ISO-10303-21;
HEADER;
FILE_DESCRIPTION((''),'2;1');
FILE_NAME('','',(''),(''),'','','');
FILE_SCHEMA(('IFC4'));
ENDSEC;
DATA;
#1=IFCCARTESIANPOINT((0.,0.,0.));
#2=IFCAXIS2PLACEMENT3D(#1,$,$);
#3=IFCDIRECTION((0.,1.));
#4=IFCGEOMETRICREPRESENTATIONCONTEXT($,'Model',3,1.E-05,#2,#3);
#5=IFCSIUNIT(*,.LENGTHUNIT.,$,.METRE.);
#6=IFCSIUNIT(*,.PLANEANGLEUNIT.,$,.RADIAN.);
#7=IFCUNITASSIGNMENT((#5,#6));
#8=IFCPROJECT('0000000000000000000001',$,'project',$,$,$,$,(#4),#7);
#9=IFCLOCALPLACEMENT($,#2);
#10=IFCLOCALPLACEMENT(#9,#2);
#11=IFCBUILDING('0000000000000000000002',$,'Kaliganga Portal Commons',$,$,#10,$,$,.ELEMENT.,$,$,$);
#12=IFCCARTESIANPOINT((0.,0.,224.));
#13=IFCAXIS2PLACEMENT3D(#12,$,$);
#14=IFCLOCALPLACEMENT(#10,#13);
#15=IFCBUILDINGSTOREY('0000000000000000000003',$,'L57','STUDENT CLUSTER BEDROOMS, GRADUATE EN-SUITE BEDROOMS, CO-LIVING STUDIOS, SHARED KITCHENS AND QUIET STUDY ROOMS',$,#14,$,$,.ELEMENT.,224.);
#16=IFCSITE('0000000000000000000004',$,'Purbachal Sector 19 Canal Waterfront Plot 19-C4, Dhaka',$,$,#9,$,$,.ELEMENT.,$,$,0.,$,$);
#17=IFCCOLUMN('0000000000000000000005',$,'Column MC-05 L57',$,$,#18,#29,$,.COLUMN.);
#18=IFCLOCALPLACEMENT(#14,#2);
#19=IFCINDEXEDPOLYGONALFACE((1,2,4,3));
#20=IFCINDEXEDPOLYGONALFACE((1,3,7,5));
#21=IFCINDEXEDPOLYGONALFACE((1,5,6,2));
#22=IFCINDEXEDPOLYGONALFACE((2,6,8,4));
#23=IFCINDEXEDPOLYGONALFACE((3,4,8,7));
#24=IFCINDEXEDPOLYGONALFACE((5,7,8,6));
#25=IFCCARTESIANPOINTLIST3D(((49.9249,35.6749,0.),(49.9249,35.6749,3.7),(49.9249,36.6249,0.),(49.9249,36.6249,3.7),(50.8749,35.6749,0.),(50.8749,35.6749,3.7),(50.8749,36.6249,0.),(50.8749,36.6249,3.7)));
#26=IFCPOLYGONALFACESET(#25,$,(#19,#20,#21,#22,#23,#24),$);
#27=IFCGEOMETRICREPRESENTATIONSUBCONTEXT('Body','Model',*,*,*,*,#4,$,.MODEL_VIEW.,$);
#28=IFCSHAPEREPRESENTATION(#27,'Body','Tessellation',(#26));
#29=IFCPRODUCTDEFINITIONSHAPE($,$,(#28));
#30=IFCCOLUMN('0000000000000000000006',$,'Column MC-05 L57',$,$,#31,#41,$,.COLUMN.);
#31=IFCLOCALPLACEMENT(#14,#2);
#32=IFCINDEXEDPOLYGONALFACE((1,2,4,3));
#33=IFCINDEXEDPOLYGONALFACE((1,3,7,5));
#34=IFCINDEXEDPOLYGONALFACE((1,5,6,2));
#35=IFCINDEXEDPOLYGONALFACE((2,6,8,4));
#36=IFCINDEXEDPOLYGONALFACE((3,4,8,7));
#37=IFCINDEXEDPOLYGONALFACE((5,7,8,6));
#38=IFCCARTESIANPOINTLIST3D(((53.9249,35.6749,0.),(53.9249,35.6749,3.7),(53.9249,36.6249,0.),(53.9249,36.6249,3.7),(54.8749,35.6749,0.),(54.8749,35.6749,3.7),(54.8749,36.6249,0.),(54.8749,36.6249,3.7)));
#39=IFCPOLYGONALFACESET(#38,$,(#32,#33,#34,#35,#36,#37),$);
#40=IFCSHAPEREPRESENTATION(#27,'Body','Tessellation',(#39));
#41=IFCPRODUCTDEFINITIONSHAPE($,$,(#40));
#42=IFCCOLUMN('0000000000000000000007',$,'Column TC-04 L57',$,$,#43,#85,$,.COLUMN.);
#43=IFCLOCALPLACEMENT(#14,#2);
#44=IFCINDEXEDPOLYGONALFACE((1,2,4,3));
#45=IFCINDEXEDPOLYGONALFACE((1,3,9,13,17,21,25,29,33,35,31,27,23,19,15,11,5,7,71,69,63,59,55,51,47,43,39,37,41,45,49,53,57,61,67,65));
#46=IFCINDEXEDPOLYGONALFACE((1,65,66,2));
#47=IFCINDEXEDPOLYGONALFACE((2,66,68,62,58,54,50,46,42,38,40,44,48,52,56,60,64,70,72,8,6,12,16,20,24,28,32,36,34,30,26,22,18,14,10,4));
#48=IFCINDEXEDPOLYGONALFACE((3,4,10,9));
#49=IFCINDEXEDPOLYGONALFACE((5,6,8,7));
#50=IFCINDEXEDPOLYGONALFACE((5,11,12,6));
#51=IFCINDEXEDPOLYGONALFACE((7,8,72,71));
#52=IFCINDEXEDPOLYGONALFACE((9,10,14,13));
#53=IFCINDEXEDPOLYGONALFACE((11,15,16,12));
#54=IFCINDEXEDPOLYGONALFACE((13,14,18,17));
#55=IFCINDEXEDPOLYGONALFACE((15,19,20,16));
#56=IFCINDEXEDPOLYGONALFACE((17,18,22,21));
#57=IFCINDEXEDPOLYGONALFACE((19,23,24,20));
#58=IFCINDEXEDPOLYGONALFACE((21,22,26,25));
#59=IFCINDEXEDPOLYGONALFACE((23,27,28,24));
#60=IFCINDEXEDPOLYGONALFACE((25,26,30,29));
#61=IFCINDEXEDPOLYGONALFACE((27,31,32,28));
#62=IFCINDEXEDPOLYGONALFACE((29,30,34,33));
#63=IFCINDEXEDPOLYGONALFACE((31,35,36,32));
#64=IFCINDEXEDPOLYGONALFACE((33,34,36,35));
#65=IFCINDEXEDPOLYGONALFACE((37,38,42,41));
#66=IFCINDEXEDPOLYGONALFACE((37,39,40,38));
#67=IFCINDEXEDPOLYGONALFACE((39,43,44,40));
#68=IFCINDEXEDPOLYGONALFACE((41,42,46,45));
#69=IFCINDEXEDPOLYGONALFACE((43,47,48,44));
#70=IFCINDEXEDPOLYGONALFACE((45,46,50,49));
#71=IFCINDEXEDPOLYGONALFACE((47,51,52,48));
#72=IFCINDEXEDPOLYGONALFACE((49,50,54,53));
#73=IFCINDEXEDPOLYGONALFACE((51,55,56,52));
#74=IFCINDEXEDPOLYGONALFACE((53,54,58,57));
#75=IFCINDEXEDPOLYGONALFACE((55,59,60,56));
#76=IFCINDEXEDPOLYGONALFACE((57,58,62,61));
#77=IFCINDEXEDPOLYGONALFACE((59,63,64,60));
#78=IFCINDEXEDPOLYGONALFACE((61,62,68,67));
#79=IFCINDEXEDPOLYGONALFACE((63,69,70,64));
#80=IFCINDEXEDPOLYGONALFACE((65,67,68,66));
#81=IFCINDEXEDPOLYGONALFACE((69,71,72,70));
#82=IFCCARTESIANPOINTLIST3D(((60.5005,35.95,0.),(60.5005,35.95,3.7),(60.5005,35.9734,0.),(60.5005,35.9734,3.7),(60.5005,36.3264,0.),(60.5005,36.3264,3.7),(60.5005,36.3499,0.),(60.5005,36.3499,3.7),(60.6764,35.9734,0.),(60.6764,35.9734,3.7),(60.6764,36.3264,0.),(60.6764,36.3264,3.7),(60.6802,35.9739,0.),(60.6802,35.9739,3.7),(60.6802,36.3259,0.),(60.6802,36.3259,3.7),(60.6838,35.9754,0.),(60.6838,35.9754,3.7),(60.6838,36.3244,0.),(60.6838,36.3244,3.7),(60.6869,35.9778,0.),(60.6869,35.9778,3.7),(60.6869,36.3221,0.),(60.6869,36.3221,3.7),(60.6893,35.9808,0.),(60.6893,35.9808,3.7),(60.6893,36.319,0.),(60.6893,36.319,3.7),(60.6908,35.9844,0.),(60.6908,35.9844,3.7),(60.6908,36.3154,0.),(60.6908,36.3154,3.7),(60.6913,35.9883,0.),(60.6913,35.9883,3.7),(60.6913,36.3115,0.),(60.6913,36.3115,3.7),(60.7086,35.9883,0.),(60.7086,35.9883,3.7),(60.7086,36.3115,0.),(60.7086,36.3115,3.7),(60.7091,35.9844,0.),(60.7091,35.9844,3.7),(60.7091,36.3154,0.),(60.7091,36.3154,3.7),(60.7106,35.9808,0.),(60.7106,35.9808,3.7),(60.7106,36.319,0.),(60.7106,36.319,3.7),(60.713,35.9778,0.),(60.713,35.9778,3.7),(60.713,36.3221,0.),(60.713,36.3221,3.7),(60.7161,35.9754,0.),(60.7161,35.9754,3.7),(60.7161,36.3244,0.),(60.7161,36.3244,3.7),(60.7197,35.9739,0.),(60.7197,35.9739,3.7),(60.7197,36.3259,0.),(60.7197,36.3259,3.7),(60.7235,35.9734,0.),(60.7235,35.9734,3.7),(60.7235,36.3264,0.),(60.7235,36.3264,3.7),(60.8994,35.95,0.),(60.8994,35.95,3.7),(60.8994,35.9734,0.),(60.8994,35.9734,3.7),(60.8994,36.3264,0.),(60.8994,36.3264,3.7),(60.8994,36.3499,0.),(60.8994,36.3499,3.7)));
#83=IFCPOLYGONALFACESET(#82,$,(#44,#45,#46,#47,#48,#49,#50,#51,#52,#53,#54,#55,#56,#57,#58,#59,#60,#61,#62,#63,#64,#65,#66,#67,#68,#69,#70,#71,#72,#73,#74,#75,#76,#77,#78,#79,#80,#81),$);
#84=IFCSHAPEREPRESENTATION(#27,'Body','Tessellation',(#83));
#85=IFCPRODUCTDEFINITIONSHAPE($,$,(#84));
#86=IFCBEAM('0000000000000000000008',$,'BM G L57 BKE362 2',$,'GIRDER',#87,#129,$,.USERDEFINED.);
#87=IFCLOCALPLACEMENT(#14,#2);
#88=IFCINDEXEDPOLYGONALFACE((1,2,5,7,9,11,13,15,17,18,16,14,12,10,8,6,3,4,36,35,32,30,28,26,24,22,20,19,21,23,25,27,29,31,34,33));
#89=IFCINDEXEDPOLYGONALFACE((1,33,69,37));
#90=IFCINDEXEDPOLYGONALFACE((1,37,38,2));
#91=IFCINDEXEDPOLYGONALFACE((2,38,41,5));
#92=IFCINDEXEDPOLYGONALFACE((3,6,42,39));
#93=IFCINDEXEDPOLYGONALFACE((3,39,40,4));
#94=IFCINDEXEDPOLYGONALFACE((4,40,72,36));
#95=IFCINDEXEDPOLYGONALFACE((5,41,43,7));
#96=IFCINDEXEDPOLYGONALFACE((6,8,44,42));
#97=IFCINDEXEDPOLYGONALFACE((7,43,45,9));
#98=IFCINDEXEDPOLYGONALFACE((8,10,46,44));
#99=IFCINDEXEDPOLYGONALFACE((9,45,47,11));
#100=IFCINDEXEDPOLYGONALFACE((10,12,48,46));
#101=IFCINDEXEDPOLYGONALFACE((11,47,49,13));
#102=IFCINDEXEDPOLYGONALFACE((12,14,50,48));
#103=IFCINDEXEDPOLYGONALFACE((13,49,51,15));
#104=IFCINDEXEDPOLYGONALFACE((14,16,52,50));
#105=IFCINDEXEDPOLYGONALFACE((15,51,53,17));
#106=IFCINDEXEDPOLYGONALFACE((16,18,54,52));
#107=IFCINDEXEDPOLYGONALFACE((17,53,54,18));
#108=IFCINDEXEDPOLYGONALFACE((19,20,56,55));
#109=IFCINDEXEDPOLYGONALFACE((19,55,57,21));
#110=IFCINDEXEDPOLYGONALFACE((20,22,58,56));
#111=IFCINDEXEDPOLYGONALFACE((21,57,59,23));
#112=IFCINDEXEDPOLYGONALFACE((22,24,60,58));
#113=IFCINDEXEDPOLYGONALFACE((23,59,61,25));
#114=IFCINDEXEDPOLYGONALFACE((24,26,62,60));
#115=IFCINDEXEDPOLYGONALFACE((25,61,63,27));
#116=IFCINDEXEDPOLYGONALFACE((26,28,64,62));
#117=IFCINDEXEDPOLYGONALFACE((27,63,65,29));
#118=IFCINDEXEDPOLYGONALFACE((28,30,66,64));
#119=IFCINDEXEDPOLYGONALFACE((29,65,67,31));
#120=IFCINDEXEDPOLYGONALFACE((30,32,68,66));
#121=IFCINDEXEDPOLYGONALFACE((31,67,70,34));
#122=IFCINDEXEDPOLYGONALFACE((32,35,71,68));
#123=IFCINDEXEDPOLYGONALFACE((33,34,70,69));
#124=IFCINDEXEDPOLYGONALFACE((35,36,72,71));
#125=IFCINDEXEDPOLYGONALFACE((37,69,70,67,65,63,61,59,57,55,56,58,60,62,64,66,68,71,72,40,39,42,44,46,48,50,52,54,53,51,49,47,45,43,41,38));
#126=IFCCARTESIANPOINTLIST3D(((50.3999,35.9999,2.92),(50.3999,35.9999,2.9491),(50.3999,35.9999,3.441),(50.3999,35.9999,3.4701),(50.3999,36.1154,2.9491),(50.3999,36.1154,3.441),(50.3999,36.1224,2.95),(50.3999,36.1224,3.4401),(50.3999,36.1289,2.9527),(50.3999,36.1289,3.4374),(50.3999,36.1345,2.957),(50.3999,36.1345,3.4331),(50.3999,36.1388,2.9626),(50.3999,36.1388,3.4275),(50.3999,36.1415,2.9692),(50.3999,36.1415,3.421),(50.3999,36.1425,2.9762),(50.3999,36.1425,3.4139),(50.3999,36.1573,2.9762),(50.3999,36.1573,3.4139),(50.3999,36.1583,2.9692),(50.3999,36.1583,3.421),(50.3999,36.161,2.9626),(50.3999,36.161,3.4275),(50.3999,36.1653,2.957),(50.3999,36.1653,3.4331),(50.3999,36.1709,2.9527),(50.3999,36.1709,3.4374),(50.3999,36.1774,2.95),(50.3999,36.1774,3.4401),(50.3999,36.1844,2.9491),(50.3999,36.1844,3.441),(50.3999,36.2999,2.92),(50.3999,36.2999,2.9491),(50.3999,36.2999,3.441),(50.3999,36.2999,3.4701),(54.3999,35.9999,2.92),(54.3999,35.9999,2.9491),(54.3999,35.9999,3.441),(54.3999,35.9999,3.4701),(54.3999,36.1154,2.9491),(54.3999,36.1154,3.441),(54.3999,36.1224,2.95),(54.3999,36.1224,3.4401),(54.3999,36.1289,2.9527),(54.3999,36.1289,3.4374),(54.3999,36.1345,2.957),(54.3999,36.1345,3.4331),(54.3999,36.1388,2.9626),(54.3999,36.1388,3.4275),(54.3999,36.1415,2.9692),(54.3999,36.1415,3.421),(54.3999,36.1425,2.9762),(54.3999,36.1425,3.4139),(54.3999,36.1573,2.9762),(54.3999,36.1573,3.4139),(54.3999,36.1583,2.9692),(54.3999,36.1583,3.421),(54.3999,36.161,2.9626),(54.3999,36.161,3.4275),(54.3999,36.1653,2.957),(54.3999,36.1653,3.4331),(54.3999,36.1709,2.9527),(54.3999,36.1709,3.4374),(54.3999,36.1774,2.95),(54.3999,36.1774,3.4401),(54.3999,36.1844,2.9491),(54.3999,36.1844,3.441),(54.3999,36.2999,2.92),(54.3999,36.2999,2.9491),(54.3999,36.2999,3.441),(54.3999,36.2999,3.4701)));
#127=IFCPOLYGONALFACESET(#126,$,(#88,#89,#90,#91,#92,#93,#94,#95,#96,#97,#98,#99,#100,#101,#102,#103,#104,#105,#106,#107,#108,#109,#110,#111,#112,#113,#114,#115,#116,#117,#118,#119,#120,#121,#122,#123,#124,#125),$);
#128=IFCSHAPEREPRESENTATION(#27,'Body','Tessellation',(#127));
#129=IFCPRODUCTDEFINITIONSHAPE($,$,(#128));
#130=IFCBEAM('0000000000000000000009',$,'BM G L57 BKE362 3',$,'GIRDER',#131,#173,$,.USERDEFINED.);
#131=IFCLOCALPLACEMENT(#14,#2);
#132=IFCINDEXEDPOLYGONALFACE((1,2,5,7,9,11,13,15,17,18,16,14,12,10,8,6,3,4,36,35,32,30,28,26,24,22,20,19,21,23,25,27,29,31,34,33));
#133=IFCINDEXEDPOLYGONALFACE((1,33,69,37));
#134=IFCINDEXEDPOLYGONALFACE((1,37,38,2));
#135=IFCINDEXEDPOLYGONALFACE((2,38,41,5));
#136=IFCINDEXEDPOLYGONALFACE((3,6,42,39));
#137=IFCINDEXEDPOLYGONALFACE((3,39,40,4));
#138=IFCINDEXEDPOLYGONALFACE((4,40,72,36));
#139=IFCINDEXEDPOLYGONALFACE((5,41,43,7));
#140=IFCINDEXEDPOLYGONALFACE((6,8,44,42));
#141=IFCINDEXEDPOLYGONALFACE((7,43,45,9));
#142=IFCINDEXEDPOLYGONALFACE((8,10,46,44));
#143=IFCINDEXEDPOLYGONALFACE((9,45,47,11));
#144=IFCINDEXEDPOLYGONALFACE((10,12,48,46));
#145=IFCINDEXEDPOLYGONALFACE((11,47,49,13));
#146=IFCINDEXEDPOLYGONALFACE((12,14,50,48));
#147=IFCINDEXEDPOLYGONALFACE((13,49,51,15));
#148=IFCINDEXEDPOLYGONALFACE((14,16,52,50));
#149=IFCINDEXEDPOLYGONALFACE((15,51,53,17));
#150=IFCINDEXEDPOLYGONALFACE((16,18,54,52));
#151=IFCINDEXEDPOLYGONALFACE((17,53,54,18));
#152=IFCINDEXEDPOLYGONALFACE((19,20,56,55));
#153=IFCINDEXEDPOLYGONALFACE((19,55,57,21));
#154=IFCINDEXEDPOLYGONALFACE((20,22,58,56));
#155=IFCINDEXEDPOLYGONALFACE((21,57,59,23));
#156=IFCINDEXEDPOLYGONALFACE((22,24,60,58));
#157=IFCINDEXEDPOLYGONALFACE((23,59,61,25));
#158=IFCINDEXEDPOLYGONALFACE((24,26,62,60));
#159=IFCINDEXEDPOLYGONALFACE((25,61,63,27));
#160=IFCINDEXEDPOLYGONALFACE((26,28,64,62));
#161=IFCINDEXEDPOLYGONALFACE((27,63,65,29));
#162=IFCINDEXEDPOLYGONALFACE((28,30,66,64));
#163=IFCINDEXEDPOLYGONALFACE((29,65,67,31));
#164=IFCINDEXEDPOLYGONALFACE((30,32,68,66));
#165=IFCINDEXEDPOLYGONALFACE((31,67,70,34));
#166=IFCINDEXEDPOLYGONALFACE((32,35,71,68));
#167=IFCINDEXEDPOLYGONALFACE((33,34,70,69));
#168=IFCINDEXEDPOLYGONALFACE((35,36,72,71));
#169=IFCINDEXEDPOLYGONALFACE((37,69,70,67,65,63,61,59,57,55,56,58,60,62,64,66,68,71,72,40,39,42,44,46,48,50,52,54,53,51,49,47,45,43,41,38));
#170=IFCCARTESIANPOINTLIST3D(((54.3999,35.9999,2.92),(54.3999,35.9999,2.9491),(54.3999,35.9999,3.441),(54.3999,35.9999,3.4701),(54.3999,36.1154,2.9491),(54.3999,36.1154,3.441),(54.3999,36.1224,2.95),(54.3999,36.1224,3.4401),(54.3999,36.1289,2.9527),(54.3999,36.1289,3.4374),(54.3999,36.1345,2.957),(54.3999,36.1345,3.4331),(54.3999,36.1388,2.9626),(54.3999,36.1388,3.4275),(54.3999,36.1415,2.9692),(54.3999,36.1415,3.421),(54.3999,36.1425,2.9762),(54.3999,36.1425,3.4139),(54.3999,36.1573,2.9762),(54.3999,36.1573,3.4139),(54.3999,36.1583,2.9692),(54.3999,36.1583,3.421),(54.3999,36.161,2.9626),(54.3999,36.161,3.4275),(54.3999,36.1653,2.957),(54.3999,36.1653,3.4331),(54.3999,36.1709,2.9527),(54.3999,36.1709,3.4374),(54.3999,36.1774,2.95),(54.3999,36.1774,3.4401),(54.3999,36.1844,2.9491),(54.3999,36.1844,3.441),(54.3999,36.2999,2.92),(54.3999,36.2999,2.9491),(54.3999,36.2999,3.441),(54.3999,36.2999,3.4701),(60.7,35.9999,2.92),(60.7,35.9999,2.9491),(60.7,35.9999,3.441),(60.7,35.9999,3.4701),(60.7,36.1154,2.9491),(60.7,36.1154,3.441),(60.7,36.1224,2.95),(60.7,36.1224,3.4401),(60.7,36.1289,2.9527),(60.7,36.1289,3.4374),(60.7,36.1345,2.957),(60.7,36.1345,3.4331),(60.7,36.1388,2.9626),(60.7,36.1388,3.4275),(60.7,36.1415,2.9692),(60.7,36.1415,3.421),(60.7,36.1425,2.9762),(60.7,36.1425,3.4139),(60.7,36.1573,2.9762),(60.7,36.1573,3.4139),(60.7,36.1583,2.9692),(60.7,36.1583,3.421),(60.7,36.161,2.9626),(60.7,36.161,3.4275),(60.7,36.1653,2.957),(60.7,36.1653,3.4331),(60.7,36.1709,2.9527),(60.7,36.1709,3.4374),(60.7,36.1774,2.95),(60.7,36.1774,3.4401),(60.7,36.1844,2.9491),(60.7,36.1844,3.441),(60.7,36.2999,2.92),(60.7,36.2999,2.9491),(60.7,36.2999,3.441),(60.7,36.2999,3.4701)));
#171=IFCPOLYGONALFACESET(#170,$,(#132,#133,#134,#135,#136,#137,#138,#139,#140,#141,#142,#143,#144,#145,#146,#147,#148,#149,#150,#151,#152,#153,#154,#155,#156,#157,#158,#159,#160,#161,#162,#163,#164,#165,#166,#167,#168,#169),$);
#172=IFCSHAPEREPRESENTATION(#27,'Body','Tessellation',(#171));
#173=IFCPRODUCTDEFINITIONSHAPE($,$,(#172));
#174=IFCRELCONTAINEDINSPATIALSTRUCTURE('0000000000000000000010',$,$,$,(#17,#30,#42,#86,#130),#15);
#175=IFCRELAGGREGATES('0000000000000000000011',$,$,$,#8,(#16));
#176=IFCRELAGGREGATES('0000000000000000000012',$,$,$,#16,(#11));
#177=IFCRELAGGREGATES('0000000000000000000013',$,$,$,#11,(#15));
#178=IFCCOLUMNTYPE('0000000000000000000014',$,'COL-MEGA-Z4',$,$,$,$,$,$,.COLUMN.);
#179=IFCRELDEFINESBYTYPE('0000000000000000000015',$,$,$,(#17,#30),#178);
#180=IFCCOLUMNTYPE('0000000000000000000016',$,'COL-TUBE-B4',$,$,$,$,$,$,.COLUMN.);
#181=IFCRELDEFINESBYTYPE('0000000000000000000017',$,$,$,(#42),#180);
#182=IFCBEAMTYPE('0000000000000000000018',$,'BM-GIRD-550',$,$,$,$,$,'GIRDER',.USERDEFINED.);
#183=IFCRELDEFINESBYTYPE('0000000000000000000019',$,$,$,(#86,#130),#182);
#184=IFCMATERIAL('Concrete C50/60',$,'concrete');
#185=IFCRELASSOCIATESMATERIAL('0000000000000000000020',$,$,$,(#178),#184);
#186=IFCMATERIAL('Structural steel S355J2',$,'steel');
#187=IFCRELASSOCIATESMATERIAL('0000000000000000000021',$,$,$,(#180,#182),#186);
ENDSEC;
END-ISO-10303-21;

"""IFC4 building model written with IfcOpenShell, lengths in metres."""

from ifc_helpers import new_model, si_unit, direction, frame, origin, origin_2d, place, context, subcontext, project, spatial, rectangle, i_section, extrude, source, transform, mapped, material, material_profile, profile_set, type_object, element, save


model = new_model("IFC4")

# Units and contexts
model_context = context("Model", 3, precision=1e-05, world=origin(), true_north=direction((0.0, 1.0)))
body_context = subcontext(model_context, "Body", "Model", "MODEL_VIEW")
ifc_project = project(units=[si_unit("LENGTHUNIT", "METRE"), si_unit("PLANEANGLEUNIT", "RADIAN")], contexts=[model_context])

# Site, building, storey
site_placement = place(None, origin())
site = spatial("IfcSite", under=ifc_project, at=site_placement, Name="Purbachal Sector 19 Canal Waterfront Plot 19-C4, Dhaka", CompositionType="ELEMENT", RefElevation=0.0)
building_placement = place(site_placement, origin())
building = spatial("IfcBuilding", under=site, at=building_placement, Name="Kaliganga Portal Commons", CompositionType="ELEMENT")
storey_placement = place(building_placement, frame((0.0, 0.0, 224.0)))
storey = spatial("IfcBuildingStorey", under=building, at=storey_placement, Name="L57", Description="STUDENT CLUSTER BEDROOMS, GRADUATE EN-SUITE BEDROOMS, CO-LIVING STUDIOS, SHARED KITCHENS AND QUIET STUDY ROOMS", CompositionType="ELEMENT", Elevation=224.0)

# Columns
ifc_material_1 = material(Name="Concrete C50/60", Category="concrete")
ifc_material_profile_1 = material_profile(ifc_material_1, rectangle(XDim=0.95, YDim=0.95, at=origin_2d()), Name="RC 950x950")
ifc_profile_set_1 = profile_set([ifc_material_profile_1], Name="Concrete C50/60")
column_type_1 = type_object("IfcColumnType", Name="COL-MEGA-Z4", PredefinedType="COLUMN", material=ifc_profile_set_1)
shared_shape_1 = source(origin(), body_context, "Body", "SweptSolid", [
    extrude(rectangle(XDim=0.95, YDim=0.95, at=origin_2d()), origin(), (0.0, 0.0, 1.0), 3.7),
])
for number, where, z_axis, x_axis, name in (
    (1, (50.3999, 36.1499, 0.0), (0.0, 0.0, 1.0), (1.0, 0.0, 0.0), "Column MC-05 L57"),
    (2, (54.3999, 36.1499, 0.0), (0.0, 0.0, 1.0), (1.0, 0.0, 0.0), "Column MC-05 L57"),
):
    element("IfcColumn", number, at=place(storey_placement, frame(where, z_axis=z_axis, x_axis=x_axis)), inside=storey, type_object=column_type_1, Name=name, PredefinedType="COLUMN", context=body_context, shape_type="MappedRepresentation", body=[
        mapped(shared_shape_1, transform((0.0, 0.0, 0.0), x_axis=(1.0, 0.0, 0.0), y_axis=(0.0, 1.0, 0.0), z_axis=(0.0, 0.0, 1.0), scale=1.0)),
    ])
ifc_material_2 = material(Name="Structural steel S355J2", Category="steel")
ifc_material_profile_2 = material_profile(ifc_material_2, i_section(OverallWidth=0.3989, OverallDepth=0.3999, WebThickness=0.0173, FlangeThickness=0.0234, FilletRadius=0.0149, at=origin_2d()), Name="HD 400x287")
ifc_profile_set_2 = profile_set([ifc_material_profile_2], Name="Structural steel S355J2 wide-flange")
column_type_2 = type_object("IfcColumnType", Name="COL-TUBE-B4", PredefinedType="COLUMN", material=ifc_profile_set_2)
shared_shape_2 = source(origin(), body_context, "Body", "SweptSolid", [
    extrude(i_section(OverallWidth=0.3989, OverallDepth=0.3999, WebThickness=0.0173, FlangeThickness=0.0234, FilletRadius=0.0149, at=origin_2d()), origin(), (0.0, 0.0, 1.0), 3.7),
])
column_placement = place(storey_placement, frame((60.7, 36.1499, 0.0), z_axis=(0.0, 0.0, 1.0), x_axis=(1.0, 0.0, 0.0)))
element("IfcColumn", 3, at=column_placement, inside=storey, type_object=column_type_2, Name="Column TC-04 L57", PredefinedType="COLUMN", context=body_context, shape_type="MappedRepresentation", body=[
    mapped(shared_shape_2, transform((0.0, 0.0, 0.0), x_axis=(1.0, 0.0, 0.0), y_axis=(0.0, 1.0, 0.0), z_axis=(0.0, 0.0, 1.0), scale=1.0)),
])

# Beams
ifc_material_profile_3 = material_profile(ifc_material_2, i_section(OverallWidth=0.3, OverallDepth=0.55, WebThickness=0.0149, FlangeThickness=0.0291, FilletRadius=0.0271, at=origin_2d()), Name="HE 550 B")
ifc_profile_set_3 = profile_set([ifc_material_profile_3], Name="Structural steel S355J2 wide-flange")
beam_type_1 = type_object("IfcBeamType", Name="BM-GIRD-550", ElementType="GIRDER", PredefinedType="USERDEFINED", material=ifc_profile_set_3)
shared_shape_3 = source(origin(), body_context, "Body", "SweptSolid", [
    extrude(i_section(OverallWidth=0.3, OverallDepth=0.55, WebThickness=0.0149, FlangeThickness=0.0291, FilletRadius=0.0271, at=origin_2d()), origin(), (0.0, 0.0, 1.0), 4.0),
])
beam_1_placement = place(storey_placement, frame((50.3999, 36.1499, 3.1951), z_axis=(1.0, 0.0, 0.0), x_axis=(0.0, 1.0, 0.0)))
element("IfcBeam", 4, at=beam_1_placement, inside=storey, type_object=beam_type_1, Name="BM G L57 BKE362 2", ObjectType="GIRDER", PredefinedType="USERDEFINED", context=body_context, shape_type="MappedRepresentation", body=[
    mapped(shared_shape_3, transform((0.0, 0.0, 0.0), x_axis=(1.0, 0.0, 0.0), y_axis=(0.0, 1.0, 0.0), z_axis=(0.0, 0.0, 1.0), scale=1.0)),
])
shared_shape_4 = source(origin(), body_context, "Body", "SweptSolid", [
    extrude(i_section(OverallWidth=0.3, OverallDepth=0.55, WebThickness=0.0149, FlangeThickness=0.0291, FilletRadius=0.0271, at=origin_2d()), origin(), (0.0, 0.0, 1.0), 6.3),
])
beam_2_placement = place(storey_placement, frame((54.3999, 36.1499, 3.1951), z_axis=(1.0, 0.0, 0.0), x_axis=(0.0, 1.0, 0.0)))
element("IfcBeam", 5, at=beam_2_placement, inside=storey, type_object=beam_type_1, Name="BM G L57 BKE362 3", ObjectType="GIRDER", PredefinedType="USERDEFINED", context=body_context, shape_type="MappedRepresentation", body=[
    mapped(shared_shape_4, transform((0.0, 0.0, 0.0), x_axis=(1.0, 0.0, 0.0), y_axis=(0.0, 1.0, 0.0), z_axis=(0.0, 0.0, 1.0), scale=1.0)),
])

save(model, "model.ifc")
